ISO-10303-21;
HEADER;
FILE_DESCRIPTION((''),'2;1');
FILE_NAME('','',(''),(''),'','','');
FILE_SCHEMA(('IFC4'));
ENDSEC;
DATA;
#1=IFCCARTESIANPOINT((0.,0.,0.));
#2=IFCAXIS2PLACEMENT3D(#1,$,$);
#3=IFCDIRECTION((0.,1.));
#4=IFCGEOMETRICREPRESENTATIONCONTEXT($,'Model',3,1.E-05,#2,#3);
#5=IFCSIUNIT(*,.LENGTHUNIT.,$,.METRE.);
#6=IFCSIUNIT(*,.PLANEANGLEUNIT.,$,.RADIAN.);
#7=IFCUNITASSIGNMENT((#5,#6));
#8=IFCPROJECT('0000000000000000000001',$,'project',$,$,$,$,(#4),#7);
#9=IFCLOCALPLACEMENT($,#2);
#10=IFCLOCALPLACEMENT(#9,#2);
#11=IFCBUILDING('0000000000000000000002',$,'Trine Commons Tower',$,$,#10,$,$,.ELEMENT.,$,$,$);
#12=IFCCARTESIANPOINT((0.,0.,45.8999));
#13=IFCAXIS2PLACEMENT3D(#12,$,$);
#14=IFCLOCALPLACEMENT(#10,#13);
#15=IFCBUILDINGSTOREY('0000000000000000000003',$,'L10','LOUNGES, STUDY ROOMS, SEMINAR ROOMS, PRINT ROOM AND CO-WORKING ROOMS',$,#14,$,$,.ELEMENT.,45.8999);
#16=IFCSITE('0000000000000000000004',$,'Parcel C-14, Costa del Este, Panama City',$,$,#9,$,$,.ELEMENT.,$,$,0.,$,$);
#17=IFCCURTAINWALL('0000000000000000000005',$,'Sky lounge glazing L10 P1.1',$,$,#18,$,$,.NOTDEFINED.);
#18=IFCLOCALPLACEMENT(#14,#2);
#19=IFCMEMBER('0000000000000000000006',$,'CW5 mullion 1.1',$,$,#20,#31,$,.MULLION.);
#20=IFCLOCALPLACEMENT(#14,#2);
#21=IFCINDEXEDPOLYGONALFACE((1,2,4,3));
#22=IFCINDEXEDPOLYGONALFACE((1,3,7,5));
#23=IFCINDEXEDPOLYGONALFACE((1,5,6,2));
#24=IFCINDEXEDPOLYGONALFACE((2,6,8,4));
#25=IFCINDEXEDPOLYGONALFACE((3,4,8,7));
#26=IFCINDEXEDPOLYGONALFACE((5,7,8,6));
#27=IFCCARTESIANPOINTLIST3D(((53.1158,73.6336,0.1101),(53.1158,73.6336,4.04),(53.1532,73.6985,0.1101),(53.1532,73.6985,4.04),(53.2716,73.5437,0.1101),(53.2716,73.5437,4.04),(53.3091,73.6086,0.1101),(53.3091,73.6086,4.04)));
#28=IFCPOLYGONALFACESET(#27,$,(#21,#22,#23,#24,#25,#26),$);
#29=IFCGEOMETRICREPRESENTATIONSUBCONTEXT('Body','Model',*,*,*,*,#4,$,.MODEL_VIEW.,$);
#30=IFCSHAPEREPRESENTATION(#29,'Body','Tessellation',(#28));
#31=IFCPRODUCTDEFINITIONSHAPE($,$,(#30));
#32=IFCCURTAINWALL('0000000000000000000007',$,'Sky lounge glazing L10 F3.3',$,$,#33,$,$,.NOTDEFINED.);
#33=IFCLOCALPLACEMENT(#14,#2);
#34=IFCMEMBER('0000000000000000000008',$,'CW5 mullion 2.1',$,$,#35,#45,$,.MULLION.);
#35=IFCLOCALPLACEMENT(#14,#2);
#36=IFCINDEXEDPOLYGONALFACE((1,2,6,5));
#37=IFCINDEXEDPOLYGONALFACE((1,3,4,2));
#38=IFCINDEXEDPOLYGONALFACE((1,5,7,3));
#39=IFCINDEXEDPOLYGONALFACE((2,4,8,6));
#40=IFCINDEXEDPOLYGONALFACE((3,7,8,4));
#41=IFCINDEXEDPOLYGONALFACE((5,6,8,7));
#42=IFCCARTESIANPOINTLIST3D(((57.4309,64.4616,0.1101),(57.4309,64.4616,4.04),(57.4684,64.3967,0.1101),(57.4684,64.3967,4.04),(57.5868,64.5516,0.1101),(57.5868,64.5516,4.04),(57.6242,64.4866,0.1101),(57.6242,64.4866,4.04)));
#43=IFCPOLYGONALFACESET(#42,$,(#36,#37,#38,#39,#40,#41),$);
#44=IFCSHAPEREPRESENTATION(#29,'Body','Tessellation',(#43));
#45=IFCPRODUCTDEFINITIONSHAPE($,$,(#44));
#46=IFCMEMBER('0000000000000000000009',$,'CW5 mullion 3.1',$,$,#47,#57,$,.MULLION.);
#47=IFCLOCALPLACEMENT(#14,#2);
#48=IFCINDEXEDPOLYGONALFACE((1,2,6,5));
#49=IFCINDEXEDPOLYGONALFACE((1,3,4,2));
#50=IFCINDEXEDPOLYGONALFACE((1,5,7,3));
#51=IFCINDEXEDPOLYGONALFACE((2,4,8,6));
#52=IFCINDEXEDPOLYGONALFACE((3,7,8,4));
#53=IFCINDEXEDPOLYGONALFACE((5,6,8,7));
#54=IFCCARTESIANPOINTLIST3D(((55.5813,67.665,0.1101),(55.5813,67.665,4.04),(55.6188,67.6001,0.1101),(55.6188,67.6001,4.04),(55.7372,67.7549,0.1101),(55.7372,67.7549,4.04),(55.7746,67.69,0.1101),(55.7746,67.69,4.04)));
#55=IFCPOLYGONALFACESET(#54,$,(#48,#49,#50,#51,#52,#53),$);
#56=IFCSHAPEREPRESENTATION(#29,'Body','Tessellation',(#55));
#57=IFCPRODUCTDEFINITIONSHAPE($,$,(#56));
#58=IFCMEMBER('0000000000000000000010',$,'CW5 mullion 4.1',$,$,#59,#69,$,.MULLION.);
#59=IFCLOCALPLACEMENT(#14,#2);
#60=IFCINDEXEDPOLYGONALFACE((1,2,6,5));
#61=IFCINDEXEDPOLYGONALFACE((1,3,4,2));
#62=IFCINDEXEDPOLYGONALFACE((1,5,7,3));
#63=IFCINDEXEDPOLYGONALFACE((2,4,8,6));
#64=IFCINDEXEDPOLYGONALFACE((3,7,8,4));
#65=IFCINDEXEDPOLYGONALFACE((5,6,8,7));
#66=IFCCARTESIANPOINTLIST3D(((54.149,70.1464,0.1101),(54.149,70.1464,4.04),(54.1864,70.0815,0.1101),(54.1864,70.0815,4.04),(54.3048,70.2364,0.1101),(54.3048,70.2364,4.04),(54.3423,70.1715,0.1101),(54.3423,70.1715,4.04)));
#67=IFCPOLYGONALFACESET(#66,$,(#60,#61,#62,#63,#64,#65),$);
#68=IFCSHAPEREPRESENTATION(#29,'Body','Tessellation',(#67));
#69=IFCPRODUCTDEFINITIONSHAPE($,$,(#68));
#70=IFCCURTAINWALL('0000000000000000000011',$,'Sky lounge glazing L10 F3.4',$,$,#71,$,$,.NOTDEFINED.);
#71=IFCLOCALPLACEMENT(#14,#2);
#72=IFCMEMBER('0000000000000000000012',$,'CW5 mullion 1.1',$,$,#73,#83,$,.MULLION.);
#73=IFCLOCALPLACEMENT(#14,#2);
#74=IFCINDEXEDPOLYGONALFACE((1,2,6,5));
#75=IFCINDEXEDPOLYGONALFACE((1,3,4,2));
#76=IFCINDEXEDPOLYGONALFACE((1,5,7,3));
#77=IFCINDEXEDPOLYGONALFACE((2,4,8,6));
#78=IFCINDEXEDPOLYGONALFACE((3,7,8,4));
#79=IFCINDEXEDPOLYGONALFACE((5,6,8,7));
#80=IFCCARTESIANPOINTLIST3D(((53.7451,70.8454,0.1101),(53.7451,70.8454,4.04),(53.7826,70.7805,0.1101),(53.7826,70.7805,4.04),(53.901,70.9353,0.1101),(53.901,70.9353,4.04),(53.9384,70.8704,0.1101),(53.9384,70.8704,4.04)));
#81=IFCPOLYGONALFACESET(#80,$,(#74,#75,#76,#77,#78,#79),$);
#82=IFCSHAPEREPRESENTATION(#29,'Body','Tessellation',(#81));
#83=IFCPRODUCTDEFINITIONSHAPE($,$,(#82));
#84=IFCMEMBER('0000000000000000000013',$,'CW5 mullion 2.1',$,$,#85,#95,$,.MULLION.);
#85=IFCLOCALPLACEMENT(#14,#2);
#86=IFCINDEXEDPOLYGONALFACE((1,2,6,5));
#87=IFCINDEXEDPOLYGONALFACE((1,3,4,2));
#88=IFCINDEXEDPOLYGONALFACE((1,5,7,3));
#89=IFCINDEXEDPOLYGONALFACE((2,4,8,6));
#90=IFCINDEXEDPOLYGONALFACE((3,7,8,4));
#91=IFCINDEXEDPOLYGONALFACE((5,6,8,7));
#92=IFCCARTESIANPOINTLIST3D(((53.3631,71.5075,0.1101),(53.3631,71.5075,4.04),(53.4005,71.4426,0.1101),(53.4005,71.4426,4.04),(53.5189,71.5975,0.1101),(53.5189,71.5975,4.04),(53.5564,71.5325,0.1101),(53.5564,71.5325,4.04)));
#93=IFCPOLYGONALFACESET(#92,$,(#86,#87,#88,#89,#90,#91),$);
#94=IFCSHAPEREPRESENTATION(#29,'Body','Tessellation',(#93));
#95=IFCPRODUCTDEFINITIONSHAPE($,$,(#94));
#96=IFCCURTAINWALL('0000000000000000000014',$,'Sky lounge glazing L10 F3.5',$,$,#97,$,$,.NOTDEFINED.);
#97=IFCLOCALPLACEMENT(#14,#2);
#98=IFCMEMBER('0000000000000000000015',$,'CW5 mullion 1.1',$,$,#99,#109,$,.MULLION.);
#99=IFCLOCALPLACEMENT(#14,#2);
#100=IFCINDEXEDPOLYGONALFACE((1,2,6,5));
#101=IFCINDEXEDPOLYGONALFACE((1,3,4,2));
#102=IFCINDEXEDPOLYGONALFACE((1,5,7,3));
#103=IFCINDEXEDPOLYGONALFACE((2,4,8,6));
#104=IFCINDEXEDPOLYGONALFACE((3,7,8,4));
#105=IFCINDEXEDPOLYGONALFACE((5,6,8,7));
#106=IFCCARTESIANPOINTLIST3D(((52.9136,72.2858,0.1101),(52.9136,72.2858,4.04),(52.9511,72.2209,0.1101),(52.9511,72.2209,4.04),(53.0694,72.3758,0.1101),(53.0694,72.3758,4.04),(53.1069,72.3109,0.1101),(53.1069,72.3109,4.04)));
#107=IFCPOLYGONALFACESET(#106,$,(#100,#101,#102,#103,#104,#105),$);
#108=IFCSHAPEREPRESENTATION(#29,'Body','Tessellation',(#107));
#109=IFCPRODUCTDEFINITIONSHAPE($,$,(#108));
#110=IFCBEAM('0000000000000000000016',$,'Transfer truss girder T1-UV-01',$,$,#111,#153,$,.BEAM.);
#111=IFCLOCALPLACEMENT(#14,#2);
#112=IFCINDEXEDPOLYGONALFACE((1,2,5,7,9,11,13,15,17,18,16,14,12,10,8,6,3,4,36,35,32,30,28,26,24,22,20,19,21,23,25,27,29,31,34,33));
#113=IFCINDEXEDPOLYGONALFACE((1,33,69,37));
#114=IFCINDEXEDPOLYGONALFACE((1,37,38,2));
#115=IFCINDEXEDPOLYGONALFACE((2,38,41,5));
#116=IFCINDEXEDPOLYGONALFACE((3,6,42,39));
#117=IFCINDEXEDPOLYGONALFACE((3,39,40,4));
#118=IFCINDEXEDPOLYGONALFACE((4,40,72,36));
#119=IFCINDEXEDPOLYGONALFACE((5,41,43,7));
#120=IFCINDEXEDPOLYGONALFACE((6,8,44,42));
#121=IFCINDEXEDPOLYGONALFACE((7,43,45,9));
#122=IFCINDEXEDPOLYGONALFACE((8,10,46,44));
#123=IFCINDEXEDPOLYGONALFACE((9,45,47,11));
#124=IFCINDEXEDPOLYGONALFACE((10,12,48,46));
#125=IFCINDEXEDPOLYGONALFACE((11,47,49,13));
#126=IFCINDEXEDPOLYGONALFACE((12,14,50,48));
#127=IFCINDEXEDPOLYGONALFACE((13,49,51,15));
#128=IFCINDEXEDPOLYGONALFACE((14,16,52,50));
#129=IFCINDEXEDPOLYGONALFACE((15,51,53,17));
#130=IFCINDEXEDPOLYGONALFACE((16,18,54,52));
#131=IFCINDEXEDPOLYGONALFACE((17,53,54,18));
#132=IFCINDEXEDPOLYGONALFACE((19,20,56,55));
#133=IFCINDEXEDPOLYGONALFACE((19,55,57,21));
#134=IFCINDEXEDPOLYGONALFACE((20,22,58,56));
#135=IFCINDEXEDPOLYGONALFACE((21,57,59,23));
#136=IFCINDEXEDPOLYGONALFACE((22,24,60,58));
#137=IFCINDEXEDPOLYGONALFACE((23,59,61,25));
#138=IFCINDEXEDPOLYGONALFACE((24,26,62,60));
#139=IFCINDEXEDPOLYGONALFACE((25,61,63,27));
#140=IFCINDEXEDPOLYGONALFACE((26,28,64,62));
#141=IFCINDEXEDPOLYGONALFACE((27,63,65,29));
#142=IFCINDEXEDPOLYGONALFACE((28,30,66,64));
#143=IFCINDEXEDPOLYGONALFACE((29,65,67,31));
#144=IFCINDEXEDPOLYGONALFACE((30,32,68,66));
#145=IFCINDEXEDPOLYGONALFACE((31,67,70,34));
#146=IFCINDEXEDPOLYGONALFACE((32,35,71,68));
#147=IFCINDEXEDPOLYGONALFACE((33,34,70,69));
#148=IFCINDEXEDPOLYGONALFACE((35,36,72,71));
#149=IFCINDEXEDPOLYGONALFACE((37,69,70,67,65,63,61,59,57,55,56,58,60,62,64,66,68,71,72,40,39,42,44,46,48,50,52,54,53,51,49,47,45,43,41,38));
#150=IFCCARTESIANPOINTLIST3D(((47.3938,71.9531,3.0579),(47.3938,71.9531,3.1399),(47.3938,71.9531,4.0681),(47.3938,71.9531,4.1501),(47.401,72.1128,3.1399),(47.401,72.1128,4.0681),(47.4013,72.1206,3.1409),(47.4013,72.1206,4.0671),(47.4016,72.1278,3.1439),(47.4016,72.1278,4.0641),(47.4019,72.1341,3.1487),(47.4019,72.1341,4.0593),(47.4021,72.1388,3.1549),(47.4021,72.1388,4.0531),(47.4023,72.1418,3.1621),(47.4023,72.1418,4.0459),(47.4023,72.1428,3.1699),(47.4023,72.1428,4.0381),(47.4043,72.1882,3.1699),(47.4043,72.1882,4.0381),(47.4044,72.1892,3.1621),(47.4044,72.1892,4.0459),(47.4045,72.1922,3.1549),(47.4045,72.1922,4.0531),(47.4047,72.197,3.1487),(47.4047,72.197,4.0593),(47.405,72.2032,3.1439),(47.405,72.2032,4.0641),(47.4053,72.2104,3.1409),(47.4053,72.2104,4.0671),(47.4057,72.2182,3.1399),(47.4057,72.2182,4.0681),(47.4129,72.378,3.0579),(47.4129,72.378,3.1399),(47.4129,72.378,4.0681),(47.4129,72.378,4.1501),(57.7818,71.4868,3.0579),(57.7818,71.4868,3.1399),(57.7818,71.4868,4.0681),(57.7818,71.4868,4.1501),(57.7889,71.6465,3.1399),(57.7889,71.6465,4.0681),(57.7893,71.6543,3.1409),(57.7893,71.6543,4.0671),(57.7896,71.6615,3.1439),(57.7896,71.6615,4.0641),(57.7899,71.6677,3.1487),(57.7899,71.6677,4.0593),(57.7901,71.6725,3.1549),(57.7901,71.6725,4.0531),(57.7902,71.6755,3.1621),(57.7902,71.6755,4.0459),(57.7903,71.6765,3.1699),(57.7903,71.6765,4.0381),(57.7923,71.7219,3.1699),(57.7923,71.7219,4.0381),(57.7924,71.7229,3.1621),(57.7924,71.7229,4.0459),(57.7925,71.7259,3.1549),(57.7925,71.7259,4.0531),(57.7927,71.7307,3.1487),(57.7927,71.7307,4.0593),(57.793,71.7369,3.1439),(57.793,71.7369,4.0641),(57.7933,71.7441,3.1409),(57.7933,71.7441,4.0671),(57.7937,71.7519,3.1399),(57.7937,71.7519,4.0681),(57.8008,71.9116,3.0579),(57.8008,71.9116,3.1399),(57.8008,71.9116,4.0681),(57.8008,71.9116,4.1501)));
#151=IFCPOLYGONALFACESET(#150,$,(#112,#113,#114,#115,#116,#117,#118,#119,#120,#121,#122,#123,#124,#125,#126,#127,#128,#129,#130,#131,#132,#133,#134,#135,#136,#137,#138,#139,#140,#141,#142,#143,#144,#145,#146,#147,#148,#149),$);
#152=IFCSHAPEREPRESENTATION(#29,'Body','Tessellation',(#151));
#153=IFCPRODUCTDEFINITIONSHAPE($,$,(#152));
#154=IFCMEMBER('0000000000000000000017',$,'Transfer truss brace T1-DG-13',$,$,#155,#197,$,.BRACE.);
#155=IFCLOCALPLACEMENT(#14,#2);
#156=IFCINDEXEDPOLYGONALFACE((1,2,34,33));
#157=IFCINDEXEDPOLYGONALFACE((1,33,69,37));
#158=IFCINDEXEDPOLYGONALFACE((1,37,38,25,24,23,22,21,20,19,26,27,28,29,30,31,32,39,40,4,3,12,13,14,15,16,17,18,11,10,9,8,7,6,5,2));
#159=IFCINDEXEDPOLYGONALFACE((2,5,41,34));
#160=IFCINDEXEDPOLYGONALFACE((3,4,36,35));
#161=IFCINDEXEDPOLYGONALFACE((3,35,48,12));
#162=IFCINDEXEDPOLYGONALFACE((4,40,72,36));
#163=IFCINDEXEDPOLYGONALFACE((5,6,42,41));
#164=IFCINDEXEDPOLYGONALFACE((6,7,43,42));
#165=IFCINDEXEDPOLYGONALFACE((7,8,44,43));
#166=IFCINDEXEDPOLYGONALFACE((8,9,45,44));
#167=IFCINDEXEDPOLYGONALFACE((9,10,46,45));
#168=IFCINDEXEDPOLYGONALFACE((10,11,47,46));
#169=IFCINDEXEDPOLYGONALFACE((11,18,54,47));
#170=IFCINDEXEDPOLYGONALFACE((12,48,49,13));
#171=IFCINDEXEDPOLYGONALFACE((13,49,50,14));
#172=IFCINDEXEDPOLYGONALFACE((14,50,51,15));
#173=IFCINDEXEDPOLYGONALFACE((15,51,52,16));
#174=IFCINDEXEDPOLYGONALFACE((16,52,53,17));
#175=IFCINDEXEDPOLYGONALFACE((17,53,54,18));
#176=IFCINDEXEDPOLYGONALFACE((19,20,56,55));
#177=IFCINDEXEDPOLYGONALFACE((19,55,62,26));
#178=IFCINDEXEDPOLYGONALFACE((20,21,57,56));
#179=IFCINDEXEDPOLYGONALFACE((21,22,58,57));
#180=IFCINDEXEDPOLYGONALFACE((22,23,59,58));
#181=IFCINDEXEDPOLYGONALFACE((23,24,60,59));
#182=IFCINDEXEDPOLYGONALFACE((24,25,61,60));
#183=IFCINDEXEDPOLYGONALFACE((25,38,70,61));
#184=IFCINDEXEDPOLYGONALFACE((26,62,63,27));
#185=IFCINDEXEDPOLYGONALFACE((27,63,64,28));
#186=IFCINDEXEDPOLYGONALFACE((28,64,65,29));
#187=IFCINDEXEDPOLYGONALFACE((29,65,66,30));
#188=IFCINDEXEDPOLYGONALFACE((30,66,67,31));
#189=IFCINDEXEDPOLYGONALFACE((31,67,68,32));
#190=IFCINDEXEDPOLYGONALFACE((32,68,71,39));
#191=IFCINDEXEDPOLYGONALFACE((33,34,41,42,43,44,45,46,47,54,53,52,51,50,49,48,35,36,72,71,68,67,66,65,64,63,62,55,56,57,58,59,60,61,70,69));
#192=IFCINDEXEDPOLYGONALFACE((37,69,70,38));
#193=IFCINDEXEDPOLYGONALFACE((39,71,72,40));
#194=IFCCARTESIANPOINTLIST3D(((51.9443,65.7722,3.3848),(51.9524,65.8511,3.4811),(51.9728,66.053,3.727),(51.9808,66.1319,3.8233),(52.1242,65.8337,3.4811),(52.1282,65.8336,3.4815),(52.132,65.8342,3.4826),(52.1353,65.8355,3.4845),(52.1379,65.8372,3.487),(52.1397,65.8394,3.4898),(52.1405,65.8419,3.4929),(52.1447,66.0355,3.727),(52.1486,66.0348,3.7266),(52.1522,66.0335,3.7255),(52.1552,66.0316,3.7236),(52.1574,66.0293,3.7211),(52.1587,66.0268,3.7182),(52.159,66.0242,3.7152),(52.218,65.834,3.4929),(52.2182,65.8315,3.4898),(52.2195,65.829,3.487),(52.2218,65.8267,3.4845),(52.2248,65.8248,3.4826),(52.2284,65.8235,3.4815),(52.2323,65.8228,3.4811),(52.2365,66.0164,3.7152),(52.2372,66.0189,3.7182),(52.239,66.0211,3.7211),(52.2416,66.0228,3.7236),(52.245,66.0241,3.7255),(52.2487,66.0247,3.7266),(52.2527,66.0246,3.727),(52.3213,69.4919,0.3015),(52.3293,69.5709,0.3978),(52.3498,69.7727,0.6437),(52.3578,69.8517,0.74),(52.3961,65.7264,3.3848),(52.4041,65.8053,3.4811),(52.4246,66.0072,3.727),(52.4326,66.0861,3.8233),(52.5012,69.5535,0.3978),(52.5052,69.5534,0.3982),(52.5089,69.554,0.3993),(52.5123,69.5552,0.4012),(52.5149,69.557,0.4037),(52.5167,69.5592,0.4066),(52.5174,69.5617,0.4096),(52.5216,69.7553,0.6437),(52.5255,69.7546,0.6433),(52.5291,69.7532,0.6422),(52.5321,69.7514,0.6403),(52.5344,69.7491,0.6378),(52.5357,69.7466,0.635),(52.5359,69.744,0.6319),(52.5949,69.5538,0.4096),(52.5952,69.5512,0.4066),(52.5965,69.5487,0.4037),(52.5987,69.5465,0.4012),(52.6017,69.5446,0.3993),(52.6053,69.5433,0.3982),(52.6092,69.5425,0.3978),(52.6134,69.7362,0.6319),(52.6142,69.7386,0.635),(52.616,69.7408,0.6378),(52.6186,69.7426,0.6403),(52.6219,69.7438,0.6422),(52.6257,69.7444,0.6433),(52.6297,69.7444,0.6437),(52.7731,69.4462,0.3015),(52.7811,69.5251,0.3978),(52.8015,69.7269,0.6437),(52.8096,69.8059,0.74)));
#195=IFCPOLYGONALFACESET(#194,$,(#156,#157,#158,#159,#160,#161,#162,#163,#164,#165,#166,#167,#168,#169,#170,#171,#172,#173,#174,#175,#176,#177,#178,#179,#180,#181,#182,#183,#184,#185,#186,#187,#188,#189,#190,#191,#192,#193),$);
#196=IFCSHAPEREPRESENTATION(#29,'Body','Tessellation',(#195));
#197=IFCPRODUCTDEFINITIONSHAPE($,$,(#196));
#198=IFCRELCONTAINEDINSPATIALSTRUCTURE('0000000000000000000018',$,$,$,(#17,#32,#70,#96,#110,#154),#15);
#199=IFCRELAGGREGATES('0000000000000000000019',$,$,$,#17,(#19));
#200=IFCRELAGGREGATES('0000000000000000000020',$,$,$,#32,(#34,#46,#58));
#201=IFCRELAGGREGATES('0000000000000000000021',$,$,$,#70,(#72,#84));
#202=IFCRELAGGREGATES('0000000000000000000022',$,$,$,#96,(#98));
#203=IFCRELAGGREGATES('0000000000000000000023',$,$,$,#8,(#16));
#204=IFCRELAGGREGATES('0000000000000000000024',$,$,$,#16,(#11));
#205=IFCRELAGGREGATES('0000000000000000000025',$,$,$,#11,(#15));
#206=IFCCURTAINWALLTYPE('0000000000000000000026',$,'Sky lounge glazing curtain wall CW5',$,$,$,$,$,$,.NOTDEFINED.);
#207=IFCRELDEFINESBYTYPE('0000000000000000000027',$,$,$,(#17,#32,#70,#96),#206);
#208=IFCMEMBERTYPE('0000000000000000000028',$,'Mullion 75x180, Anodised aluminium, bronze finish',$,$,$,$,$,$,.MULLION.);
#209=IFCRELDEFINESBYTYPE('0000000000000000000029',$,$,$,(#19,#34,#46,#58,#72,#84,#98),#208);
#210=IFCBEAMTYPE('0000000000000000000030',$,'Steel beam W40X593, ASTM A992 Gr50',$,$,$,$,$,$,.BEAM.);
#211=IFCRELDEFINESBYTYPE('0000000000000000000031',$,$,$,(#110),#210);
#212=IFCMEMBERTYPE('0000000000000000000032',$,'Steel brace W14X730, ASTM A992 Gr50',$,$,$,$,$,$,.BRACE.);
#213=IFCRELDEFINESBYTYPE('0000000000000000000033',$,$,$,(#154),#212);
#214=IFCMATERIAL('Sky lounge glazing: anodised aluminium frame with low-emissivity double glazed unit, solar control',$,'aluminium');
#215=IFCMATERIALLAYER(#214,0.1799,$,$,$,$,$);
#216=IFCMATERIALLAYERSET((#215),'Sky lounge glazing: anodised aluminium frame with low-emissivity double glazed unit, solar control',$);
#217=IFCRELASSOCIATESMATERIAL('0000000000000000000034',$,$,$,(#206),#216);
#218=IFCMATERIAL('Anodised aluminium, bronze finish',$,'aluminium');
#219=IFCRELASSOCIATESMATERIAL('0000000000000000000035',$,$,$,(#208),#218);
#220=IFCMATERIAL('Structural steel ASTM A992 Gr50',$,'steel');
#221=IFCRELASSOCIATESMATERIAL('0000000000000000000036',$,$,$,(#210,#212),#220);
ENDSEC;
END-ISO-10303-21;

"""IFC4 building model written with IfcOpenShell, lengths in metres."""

from ifc_helpers import new_model, si_unit, direction, frame, origin, origin_2d, place, context, subcontext, project, spatial, rectangle, i_section, extrude, material, layer, layer_set, material_profile, profile_set, type_object, element, aggregate, save


model = new_model("IFC4")

# Units and contexts
model_context = context("Model", 3, precision=1e-05, world=origin(), true_north=direction((0.0, 1.0)))
body_context = subcontext(model_context, "Body", "Model", "MODEL_VIEW")
ifc_project = project(units=[si_unit("LENGTHUNIT", "METRE"), si_unit("PLANEANGLEUNIT", "RADIAN")], contexts=[model_context])

# Site, building, storey
site_placement = place(None, origin())
site = spatial("IfcSite", under=ifc_project, at=site_placement, Name="Parcel C-14, Costa del Este, Panama City", CompositionType="ELEMENT", RefElevation=0.0)
building_placement = place(site_placement, origin())
building = spatial("IfcBuilding", under=site, at=building_placement, Name="Trine Commons Tower", CompositionType="ELEMENT")
storey_placement = place(building_placement, frame((0.0, 0.0, 45.8999)))
storey = spatial("IfcBuildingStorey", under=building, at=storey_placement, Name="L10", Description="LOUNGES, STUDY ROOMS, SEMINAR ROOMS, PRINT ROOM AND CO-WORKING ROOMS", CompositionType="ELEMENT", Elevation=45.8999)

# Curtain wall, member
ifc_material_1 = material(Name="Sky lounge glazing: anodised aluminium frame with low-emissivity double glazed unit, solar control", Category="aluminium")
ifc_layer_1 = layer(ifc_material_1, 0.1799)
ifc_layer_set_1 = layer_set([ifc_layer_1], Name="Sky lounge glazing: anodised aluminium frame with low-emissivity double glazed unit, solar control")
curtain_wall_type = type_object("IfcCurtainWallType", Name="Sky lounge glazing curtain wall CW5", PredefinedType="NOTDEFINED", material=ifc_layer_set_1)
curtain_wall_1_placement = place(storey_placement, origin())
curtain_wall_1 = element("IfcCurtainWall", 1, at=curtain_wall_1_placement, inside=storey, type_object=curtain_wall_type, Name="Sky lounge glazing L10 P1.1", PredefinedType="NOTDEFINED")
ifc_material_2 = material(Name="Anodised aluminium, bronze finish", Category="aluminium")
ifc_material_profile_1 = material_profile(ifc_material_2, rectangle(XDim=0.1799, YDim=0.075, at=origin_2d()), Name="Mullion 75x180")
ifc_profile_set_1 = profile_set([ifc_material_profile_1], Name="Anodised aluminium, bronze finish")
member_type_1 = type_object("IfcMemberType", Name="Mullion 75x180, Anodised aluminium, bronze finish", PredefinedType="MULLION", material=ifc_profile_set_1)
member_1_placement = place(storey_placement, frame((53.2124, 73.6211, 0.1101), z_axis=(0.0, 0.0, 1.0), x_axis=(-0.866025, 0.5, 0.0)))
member_1 = element("IfcMember", 2, at=member_1_placement, type_object=member_type_1, Name="CW5 mullion 1.1", PredefinedType="MULLION", context=body_context, shape_type="SweptSolid", body=[
    extrude(rectangle(XDim=0.1799, YDim=0.075, at=origin_2d()), origin(), (0.0, 0.0, 1.0), 3.9299),
])

# Curtain walls, members
curtain_wall_2_placement = place(storey_placement, origin())
curtain_wall_2 = element("IfcCurtainWall", 3, at=curtain_wall_2_placement, inside=storey, type_object=curtain_wall_type, Name="Sky lounge glazing L10 F3.3", PredefinedType="NOTDEFINED")
member_2_placement = place(storey_placement, frame((57.5276, 64.4741, 0.1101), z_axis=(0.0, 0.0, 1.0), x_axis=(-0.866025, -0.5, 0.0)))
member_2 = element("IfcMember", 4, at=member_2_placement, type_object=member_type_1, Name="CW5 mullion 2.1", PredefinedType="MULLION", context=body_context, shape_type="SweptSolid", body=[
    extrude(rectangle(XDim=0.1799, YDim=0.075, at=origin_2d()), origin(), (0.0, 0.0, 1.0), 3.9299),
])
member_3_placement = place(storey_placement, frame((55.678, 67.6775, 0.1101), z_axis=(0.0, 0.0, 1.0), x_axis=(-0.866025, -0.5, 0.0)))
member_3 = element("IfcMember", 5, at=member_3_placement, type_object=member_type_1, Name="CW5 mullion 3.1", PredefinedType="MULLION", context=body_context, shape_type="SweptSolid", body=[
    extrude(rectangle(XDim=0.1799, YDim=0.075, at=origin_2d()), origin(), (0.0, 0.0, 1.0), 3.9299),
])
member_4_placement = place(storey_placement, frame((54.2456, 70.1589, 0.1101), z_axis=(0.0, 0.0, 1.0), x_axis=(-0.866025, -0.5, 0.0)))
member_4 = element("IfcMember", 6, at=member_4_placement, type_object=member_type_1, Name="CW5 mullion 4.1", PredefinedType="MULLION", context=body_context, shape_type="SweptSolid", body=[
    extrude(rectangle(XDim=0.1799, YDim=0.075, at=origin_2d()), origin(), (0.0, 0.0, 1.0), 3.9299),
])
curtain_wall_3_placement = place(storey_placement, origin())
curtain_wall_3 = element("IfcCurtainWall", 7, at=curtain_wall_3_placement, inside=storey, type_object=curtain_wall_type, Name="Sky lounge glazing L10 F3.4", PredefinedType="NOTDEFINED")
member_5_placement = place(storey_placement, frame((53.8418, 70.8579, 0.1101), z_axis=(0.0, 0.0, 1.0), x_axis=(-0.866025, -0.5, 0.0)))
member_5 = element("IfcMember", 8, at=member_5_placement, type_object=member_type_1, Name="CW5 mullion 1.1", PredefinedType="MULLION", context=body_context, shape_type="SweptSolid", body=[
    extrude(rectangle(XDim=0.1799, YDim=0.075, at=origin_2d()), origin(), (0.0, 0.0, 1.0), 3.9299),
])
member_6_placement = place(storey_placement, frame((53.4597, 71.52, 0.1101), z_axis=(0.0, 0.0, 1.0), x_axis=(-0.866025, -0.5, 0.0)))
member_6 = element("IfcMember", 9, at=member_6_placement, type_object=member_type_1, Name="CW5 mullion 2.1", PredefinedType="MULLION", context=body_context, shape_type="SweptSolid", body=[
    extrude(rectangle(XDim=0.1799, YDim=0.075, at=origin_2d()), origin(), (0.0, 0.0, 1.0), 3.9299),
])

# Curtain wall, member
curtain_wall_4_placement = place(storey_placement, origin())
curtain_wall_4 = element("IfcCurtainWall", 10, at=curtain_wall_4_placement, inside=storey, type_object=curtain_wall_type, Name="Sky lounge glazing L10 F3.5", PredefinedType="NOTDEFINED")
member_7_placement = place(storey_placement, frame((53.0103, 72.2983, 0.1101), z_axis=(0.0, 0.0, 1.0), x_axis=(-0.866025, -0.5, 0.0)))
member_7 = element("IfcMember", 11, at=member_7_placement, type_object=member_type_1, Name="CW5 mullion 1.1", PredefinedType="MULLION", context=body_context, shape_type="SweptSolid", body=[
    extrude(rectangle(XDim=0.1799, YDim=0.075, at=origin_2d()), origin(), (0.0, 0.0, 1.0), 3.9299),
])

# Beam
ifc_material_3 = material(Name="Structural steel ASTM A992 Gr50", Category="steel")
ifc_material_profile_2 = material_profile(ifc_material_3, i_section(OverallWidth=0.4253, OverallDepth=1.0923, WebThickness=0.0454, FlangeThickness=0.082, FilletRadius=0.03, at=origin_2d()), Name="W40X593")
ifc_profile_set_2 = profile_set([ifc_material_profile_2], Name="Structural steel ASTM A992 Gr50")
beam_type = type_object("IfcBeamType", Name="Steel beam W40X593, ASTM A992 Gr50", PredefinedType="BEAM", material=ifc_profile_set_2)
beam_placement = place(storey_placement, frame((47.4033, 72.1655, 3.604), z_axis=(0.998994, -0.044844, 0.0), x_axis=(0.044844, 0.998994, 0.0)))
element("IfcBeam", 12, at=beam_placement, inside=storey, type_object=beam_type, Name="Transfer truss girder T1-UV-01", PredefinedType="BEAM", context=body_context, shape_type="SweptSolid", body=[
    extrude(i_section(OverallWidth=0.4253, OverallDepth=1.0923, WebThickness=0.0454, FlangeThickness=0.082, FilletRadius=0.03, at=origin_2d()), origin(), (0.0, 0.0, 1.0), 10.3984),
])

# Member
ifc_material_profile_3 = material_profile(ifc_material_3, i_section(OverallWidth=0.4541, OverallDepth=0.5684, WebThickness=0.0779, FlangeThickness=0.1248, FilletRadius=0.0154, at=origin_2d()), Name="W14X730")
ifc_profile_set_3 = profile_set([ifc_material_profile_3], Name="Structural steel ASTM A992 Gr50")
member_type_2 = type_object("IfcMemberType", Name="Steel brace W14X730, ASTM A992 Gr50", PredefinedType="BRACE", material=ifc_profile_set_3)
member_8_placement = place(storey_placement, frame((52.5654, 69.6489, 0.5208), z_axis=(-0.077784, -0.767568, 0.636231), x_axis=(0.994904, -0.100823, 0.0)))
element("IfcMember", 13, at=member_8_placement, inside=storey, type_object=member_type_2, Name="Transfer truss brace T1-DG-13", PredefinedType="BRACE", context=body_context, shape_type="SweptSolid", body=[
    extrude(i_section(OverallWidth=0.4541, OverallDepth=0.5684, WebThickness=0.0779, FlangeThickness=0.1248, FilletRadius=0.0154, at=origin_2d()), origin(), (0.0, 0.0, 1.0), 4.8462),
])

aggregate(curtain_wall_1, [member_1])

aggregate(curtain_wall_2, [member_2, member_3, member_4])
aggregate(curtain_wall_3, [member_5, member_6])
aggregate(curtain_wall_4, [member_7])

save(model, "model.ifc")
